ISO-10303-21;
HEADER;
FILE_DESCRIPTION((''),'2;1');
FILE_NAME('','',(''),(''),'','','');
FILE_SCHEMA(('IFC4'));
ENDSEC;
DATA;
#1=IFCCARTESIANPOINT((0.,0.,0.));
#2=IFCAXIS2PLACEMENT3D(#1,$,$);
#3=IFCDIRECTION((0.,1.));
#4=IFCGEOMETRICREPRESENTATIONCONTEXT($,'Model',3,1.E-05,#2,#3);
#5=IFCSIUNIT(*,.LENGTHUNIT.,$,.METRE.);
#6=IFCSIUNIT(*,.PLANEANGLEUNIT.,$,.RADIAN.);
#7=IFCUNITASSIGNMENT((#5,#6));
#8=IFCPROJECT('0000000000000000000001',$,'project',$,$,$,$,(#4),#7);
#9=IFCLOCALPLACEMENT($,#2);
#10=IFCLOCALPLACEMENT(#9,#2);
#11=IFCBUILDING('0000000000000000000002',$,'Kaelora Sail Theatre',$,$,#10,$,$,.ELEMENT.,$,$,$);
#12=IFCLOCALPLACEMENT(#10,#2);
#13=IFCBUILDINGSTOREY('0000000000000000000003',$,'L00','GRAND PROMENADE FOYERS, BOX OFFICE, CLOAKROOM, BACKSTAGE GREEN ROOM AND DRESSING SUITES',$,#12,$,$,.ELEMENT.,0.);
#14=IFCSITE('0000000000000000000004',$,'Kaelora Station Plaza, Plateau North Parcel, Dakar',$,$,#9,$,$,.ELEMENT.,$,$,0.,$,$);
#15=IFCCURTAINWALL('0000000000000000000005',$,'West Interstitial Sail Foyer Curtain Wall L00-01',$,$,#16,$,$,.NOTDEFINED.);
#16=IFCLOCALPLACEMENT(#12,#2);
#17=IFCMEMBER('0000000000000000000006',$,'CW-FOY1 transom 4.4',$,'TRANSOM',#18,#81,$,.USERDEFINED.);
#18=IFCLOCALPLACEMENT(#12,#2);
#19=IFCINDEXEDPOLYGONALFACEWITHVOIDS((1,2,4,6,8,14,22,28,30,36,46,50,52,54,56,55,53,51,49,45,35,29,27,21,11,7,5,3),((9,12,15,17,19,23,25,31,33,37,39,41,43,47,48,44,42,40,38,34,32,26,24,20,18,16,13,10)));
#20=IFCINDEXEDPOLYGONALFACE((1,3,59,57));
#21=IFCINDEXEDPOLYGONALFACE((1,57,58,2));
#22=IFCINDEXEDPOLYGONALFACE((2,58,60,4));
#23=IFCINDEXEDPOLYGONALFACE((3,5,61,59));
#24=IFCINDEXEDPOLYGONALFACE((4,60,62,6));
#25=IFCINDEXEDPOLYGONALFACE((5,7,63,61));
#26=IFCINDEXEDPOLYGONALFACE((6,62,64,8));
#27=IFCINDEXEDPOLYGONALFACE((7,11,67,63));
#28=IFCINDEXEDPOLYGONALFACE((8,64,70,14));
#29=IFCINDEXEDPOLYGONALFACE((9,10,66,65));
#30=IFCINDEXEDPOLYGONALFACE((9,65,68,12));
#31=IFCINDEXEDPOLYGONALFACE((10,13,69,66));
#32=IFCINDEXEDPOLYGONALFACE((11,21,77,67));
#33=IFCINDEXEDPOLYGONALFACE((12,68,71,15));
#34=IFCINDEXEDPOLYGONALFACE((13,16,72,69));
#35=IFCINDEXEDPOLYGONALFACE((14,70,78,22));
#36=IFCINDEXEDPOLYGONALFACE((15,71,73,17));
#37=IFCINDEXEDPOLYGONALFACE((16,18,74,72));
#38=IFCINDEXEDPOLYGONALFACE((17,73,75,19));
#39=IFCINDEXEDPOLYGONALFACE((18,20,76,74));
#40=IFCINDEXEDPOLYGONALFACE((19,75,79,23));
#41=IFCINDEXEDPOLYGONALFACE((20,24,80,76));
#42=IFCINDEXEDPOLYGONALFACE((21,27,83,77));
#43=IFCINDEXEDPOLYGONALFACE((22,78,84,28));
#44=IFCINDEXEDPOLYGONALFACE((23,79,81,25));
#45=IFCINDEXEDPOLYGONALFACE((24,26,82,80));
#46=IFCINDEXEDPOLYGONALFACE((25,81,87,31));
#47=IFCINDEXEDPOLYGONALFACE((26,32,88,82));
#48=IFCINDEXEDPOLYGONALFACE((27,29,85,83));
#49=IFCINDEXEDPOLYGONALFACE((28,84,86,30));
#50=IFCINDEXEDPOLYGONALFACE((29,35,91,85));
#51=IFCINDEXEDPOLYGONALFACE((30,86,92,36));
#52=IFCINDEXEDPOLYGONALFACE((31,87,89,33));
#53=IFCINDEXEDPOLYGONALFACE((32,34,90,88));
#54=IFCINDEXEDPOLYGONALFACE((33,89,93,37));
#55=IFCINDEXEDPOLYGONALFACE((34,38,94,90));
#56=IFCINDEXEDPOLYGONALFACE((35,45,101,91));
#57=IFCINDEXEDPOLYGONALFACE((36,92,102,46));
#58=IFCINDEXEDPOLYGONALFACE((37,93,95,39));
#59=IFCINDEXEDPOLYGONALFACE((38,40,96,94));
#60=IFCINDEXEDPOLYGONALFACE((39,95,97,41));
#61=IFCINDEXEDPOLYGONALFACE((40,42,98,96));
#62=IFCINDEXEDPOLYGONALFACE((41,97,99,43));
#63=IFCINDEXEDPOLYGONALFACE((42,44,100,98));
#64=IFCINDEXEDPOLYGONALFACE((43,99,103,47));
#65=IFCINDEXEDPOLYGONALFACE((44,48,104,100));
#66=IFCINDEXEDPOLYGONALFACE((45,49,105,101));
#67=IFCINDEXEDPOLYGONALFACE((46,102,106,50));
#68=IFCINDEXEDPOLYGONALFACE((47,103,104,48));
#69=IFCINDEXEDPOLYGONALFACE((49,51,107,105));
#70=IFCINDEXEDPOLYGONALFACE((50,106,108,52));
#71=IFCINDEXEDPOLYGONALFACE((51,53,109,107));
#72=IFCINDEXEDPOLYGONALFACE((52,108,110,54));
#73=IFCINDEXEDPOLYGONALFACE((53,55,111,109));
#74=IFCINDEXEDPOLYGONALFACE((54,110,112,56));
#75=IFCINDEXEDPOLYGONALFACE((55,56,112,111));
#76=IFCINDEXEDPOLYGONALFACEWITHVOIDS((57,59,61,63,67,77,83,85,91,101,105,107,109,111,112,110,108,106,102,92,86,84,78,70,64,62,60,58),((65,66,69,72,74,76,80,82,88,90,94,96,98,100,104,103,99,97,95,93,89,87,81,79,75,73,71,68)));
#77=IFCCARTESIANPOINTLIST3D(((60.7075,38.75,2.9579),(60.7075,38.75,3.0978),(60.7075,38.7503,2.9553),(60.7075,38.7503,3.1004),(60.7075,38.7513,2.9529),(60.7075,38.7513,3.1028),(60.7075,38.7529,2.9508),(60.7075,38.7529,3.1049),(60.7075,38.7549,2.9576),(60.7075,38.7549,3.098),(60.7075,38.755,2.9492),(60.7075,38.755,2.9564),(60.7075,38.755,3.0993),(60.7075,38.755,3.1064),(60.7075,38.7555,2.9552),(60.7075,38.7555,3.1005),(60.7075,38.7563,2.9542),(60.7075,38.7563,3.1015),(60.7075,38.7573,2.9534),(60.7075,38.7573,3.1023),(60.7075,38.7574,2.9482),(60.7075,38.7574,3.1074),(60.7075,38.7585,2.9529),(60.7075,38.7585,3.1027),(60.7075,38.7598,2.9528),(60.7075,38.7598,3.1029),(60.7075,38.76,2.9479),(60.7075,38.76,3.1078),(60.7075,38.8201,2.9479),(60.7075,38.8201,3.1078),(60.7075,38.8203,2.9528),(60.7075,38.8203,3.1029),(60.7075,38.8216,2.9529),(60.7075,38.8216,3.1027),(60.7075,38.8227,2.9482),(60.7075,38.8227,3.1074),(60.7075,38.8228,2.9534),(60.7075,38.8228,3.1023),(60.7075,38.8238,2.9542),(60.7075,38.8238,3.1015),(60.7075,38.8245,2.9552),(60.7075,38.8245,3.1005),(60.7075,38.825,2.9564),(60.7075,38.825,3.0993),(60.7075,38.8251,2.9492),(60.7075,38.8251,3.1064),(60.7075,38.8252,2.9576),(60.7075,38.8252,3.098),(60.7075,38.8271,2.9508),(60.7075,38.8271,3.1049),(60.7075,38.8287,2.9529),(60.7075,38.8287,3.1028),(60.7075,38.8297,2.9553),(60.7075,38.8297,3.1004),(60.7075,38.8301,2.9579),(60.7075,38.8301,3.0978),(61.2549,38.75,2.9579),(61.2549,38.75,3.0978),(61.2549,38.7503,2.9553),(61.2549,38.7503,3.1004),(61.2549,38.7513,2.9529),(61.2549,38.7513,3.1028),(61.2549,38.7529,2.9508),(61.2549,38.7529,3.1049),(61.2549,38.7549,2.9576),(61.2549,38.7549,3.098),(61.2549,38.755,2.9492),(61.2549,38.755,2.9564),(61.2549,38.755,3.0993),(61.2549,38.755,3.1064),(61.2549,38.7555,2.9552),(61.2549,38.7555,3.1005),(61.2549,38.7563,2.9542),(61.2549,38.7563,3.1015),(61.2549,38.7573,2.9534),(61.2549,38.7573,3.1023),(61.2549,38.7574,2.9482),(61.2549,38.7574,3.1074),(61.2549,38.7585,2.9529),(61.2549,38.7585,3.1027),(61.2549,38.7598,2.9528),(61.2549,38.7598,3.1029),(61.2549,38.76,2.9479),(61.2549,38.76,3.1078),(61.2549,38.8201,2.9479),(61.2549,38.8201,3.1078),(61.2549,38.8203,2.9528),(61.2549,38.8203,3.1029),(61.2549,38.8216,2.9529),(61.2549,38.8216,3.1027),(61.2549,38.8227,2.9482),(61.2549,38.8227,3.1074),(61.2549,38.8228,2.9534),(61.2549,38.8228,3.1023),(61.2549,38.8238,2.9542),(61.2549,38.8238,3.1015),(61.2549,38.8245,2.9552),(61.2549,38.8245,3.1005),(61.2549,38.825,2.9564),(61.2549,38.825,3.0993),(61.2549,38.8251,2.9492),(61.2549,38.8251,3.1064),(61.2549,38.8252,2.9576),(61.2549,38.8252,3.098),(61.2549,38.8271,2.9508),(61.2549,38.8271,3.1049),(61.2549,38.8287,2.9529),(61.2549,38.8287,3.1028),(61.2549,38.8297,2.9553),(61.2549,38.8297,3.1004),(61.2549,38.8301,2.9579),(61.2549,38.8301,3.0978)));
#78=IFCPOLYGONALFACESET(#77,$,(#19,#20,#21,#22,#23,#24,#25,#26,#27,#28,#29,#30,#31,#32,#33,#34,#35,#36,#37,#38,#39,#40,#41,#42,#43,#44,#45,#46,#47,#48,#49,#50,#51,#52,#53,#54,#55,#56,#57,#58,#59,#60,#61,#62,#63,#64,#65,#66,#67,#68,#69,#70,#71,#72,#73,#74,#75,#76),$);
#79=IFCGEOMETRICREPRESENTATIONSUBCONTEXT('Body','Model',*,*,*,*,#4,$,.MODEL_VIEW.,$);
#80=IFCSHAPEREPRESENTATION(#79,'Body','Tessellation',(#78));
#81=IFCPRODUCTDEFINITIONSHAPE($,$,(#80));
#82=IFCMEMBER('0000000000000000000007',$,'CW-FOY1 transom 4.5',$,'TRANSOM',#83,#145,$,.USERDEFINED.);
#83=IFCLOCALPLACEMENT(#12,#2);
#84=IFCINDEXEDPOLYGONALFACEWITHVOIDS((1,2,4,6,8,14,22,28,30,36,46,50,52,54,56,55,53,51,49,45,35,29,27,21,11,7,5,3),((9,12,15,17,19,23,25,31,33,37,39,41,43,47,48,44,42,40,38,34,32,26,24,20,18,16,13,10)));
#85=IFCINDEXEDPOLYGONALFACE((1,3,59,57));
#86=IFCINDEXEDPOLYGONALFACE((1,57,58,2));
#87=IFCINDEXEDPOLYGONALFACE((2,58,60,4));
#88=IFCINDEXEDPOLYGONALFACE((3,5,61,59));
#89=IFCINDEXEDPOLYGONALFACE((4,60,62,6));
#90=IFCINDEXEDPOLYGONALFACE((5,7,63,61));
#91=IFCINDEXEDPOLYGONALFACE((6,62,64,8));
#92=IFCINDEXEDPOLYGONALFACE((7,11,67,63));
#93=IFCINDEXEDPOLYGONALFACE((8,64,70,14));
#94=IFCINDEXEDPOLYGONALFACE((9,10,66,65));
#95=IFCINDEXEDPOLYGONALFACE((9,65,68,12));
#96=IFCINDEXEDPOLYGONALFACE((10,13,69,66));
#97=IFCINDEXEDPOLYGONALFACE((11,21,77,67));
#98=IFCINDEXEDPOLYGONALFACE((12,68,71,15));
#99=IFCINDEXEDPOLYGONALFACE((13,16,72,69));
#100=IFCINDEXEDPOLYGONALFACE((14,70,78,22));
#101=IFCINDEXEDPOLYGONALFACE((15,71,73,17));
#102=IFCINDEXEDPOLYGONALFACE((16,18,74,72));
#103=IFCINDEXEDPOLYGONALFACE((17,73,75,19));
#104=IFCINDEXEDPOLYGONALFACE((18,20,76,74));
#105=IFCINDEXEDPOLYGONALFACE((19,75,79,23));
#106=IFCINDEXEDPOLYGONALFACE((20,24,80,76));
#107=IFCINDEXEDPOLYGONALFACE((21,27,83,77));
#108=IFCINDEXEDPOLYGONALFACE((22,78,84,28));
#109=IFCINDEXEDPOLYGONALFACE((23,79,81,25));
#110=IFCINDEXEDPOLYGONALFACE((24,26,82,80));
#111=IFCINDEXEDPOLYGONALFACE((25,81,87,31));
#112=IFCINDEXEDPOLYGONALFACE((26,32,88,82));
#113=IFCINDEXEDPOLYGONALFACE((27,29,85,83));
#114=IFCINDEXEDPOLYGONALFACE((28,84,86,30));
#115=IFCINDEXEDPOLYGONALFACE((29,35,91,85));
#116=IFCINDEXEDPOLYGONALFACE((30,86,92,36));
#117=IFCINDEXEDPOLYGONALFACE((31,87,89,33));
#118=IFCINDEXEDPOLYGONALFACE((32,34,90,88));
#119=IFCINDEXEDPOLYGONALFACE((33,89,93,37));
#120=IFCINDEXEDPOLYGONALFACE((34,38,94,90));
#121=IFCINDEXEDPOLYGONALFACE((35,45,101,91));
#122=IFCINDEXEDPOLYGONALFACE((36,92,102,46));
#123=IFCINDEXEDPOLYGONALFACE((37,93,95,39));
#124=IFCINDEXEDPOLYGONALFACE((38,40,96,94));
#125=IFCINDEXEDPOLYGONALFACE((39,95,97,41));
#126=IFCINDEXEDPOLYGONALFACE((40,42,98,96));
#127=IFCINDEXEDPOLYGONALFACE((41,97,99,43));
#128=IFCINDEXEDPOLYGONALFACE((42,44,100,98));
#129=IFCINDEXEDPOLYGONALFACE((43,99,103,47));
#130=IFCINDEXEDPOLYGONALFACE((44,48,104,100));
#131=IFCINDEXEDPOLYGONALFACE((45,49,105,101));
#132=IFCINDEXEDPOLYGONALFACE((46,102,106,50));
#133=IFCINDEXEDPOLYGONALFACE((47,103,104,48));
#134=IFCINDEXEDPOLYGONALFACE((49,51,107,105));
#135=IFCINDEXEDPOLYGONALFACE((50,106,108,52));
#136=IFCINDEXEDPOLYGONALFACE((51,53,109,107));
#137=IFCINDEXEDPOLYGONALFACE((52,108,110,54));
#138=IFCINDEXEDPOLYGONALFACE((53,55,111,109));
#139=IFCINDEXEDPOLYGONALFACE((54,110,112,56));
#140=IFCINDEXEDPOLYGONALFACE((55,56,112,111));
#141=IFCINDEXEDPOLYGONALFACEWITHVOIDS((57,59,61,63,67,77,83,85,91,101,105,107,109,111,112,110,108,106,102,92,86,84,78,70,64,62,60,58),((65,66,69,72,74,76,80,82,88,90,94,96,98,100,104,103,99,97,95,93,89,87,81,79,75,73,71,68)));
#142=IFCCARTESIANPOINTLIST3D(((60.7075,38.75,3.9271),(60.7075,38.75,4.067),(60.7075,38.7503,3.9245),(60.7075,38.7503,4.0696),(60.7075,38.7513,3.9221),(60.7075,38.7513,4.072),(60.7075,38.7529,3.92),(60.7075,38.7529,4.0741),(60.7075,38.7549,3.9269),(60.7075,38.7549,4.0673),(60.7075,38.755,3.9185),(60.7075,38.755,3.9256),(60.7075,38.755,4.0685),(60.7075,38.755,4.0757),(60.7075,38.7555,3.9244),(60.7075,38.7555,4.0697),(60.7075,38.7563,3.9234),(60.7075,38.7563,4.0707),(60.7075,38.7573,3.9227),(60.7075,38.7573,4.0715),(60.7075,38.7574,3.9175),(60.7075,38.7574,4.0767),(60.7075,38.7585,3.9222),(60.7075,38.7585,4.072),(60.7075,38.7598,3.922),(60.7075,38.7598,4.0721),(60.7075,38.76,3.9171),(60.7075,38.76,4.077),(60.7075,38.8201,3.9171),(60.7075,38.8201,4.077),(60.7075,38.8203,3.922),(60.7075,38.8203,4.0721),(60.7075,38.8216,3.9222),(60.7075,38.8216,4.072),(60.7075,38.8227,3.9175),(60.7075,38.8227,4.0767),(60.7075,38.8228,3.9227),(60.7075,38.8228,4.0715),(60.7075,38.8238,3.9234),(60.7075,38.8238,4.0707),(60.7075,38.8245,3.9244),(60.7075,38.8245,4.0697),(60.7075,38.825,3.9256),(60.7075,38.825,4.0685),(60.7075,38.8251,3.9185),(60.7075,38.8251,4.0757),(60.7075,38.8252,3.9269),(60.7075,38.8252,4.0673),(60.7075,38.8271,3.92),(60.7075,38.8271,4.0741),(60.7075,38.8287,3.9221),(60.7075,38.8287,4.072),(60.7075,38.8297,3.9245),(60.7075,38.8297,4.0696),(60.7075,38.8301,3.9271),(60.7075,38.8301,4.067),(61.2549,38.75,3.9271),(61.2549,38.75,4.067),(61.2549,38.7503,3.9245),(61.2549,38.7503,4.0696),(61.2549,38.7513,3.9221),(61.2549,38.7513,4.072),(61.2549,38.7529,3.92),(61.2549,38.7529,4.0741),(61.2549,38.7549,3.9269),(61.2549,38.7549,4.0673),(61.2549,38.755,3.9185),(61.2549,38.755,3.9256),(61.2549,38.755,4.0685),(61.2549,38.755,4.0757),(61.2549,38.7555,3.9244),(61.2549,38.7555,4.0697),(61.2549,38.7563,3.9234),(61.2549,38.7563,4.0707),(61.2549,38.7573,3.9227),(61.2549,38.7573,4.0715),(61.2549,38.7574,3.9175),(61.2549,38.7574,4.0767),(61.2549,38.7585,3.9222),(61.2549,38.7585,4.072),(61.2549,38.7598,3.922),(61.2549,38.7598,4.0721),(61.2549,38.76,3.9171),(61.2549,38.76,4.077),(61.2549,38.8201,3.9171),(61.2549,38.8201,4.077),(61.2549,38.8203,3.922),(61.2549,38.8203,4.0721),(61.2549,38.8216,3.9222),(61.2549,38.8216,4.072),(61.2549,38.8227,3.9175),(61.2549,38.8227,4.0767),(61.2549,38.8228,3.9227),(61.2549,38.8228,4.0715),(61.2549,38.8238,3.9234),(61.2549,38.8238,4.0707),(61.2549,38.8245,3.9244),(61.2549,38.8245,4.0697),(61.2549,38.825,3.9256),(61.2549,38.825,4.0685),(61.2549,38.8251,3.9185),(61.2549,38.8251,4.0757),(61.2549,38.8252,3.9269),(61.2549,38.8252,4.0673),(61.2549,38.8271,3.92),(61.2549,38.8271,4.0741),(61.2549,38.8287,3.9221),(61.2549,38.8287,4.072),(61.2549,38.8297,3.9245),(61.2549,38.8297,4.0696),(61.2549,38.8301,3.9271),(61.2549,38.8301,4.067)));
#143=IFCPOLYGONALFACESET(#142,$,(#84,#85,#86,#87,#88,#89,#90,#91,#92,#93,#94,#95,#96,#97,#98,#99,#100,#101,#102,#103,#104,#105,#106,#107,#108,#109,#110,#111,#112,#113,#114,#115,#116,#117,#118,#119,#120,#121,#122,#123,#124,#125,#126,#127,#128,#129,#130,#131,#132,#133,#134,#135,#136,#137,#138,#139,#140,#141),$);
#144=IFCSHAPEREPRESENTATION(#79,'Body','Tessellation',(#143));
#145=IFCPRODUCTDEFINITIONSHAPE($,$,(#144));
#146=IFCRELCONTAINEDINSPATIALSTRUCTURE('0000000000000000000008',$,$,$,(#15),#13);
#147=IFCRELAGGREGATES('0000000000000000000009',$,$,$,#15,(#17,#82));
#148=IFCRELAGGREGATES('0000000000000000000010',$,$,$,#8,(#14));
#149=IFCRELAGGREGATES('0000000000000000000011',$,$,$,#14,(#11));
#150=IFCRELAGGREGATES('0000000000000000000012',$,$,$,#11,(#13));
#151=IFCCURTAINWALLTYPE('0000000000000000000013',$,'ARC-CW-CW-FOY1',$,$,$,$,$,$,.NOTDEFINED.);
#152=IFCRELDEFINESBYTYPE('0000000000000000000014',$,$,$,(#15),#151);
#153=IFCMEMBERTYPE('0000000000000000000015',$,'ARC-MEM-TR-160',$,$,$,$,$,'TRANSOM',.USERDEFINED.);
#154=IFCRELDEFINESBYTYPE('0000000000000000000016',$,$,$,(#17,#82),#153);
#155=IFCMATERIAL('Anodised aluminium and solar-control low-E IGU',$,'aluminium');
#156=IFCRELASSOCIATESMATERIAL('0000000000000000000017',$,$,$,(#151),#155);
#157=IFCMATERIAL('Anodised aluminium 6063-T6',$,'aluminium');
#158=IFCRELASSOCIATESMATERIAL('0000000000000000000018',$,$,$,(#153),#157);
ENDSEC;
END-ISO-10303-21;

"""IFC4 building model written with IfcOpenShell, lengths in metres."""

from ifc_helpers import new_model, si_unit, direction, frame, origin, origin_2d, place, context, subcontext, project, spatial, hollow_rectangle, extrude, material, material_profile, profile_set, type_object, element, aggregate, save


model = new_model("IFC4")

# Units and contexts
model_context = context("Model", 3, precision=1e-05, world=origin(), true_north=direction((0.0, 1.0)))
body_context = subcontext(model_context, "Body", "Model", "MODEL_VIEW")
ifc_project = project(units=[si_unit("LENGTHUNIT", "METRE"), si_unit("PLANEANGLEUNIT", "RADIAN")], contexts=[model_context])

# Site, building, storey
site_placement = place(None, origin())
site = spatial("IfcSite", under=ifc_project, at=site_placement, Name="Kaelora Station Plaza, Plateau North Parcel, Dakar", CompositionType="ELEMENT", RefElevation=0.0)
building_placement = place(site_placement, origin())
building = spatial("IfcBuilding", under=site, at=building_placement, Name="Kaelora Sail Theatre", CompositionType="ELEMENT")
storey_placement = place(building_placement, origin())
storey = spatial("IfcBuildingStorey", under=building, at=storey_placement, Name="L00", Description="GRAND PROMENADE FOYERS, BOX OFFICE, CLOAKROOM, BACKSTAGE GREEN ROOM AND DRESSING SUITES", CompositionType="ELEMENT", Elevation=0.0)

# Curtain wall, members
ifc_material_1 = material(Name="Anodised aluminium and solar-control low-E IGU", Category="aluminium")
curtain_wall_type = type_object("IfcCurtainWallType", Name="ARC-CW-CW-FOY1", PredefinedType="NOTDEFINED", material=ifc_material_1)
curtain_wall_placement = place(storey_placement, origin())
curtain_wall = element("IfcCurtainWall", 1, at=curtain_wall_placement, inside=storey, type_object=curtain_wall_type, Name="West Interstitial Sail Foyer Curtain Wall L00-01", PredefinedType="NOTDEFINED")
ifc_material_2 = material(Name="Anodised aluminium 6063-T6", Category="aluminium")
ifc_material_profile = material_profile(ifc_material_2, hollow_rectangle(XDim=0.0801, YDim=0.1599, WallThickness=0.0049, InnerFilletRadius=0.0049, OuterFilletRadius=0.01, at=origin_2d()), Name="ALU-TRAN 80x160x5")
ifc_profile_set = profile_set([ifc_material_profile], Name="Anodised aluminium 6063-T6")
member_type = type_object("IfcMemberType", Name="ARC-MEM-TR-160", ElementType="TRANSOM", PredefinedType="USERDEFINED", material=ifc_profile_set)
member_1_placement = place(storey_placement, frame((60.7075, 38.79, 3.0278), z_axis=(1.0, 0.0, 0.0), x_axis=(0.0, 1.0, 0.0)))
member_1 = element("IfcMember", 2, at=member_1_placement, type_object=member_type, Name="CW-FOY1 transom 4.4", ObjectType="TRANSOM", PredefinedType="USERDEFINED", context=body_context, shape_type="SweptSolid", body=[
    extrude(hollow_rectangle(XDim=0.0801, YDim=0.1599, WallThickness=0.0049, InnerFilletRadius=0.0049, OuterFilletRadius=0.01, at=origin_2d()), origin(), (0.0, 0.0, 1.0), 0.5474),
])
member_2_placement = place(storey_placement, frame((60.7075, 38.79, 3.9971), z_axis=(1.0, 0.0, 0.0), x_axis=(0.0, 1.0, 0.0)))
member_2 = element("IfcMember", 3, at=member_2_placement, type_object=member_type, Name="CW-FOY1 transom 4.5", ObjectType="TRANSOM", PredefinedType="USERDEFINED", context=body_context, shape_type="SweptSolid", body=[
    extrude(hollow_rectangle(XDim=0.0801, YDim=0.1599, WallThickness=0.0049, InnerFilletRadius=0.0049, OuterFilletRadius=0.01, at=origin_2d()), origin(), (0.0, 0.0, 1.0), 0.5474),
])
aggregate(curtain_wall, [member_1, member_2])

save(model, "model.ifc")
